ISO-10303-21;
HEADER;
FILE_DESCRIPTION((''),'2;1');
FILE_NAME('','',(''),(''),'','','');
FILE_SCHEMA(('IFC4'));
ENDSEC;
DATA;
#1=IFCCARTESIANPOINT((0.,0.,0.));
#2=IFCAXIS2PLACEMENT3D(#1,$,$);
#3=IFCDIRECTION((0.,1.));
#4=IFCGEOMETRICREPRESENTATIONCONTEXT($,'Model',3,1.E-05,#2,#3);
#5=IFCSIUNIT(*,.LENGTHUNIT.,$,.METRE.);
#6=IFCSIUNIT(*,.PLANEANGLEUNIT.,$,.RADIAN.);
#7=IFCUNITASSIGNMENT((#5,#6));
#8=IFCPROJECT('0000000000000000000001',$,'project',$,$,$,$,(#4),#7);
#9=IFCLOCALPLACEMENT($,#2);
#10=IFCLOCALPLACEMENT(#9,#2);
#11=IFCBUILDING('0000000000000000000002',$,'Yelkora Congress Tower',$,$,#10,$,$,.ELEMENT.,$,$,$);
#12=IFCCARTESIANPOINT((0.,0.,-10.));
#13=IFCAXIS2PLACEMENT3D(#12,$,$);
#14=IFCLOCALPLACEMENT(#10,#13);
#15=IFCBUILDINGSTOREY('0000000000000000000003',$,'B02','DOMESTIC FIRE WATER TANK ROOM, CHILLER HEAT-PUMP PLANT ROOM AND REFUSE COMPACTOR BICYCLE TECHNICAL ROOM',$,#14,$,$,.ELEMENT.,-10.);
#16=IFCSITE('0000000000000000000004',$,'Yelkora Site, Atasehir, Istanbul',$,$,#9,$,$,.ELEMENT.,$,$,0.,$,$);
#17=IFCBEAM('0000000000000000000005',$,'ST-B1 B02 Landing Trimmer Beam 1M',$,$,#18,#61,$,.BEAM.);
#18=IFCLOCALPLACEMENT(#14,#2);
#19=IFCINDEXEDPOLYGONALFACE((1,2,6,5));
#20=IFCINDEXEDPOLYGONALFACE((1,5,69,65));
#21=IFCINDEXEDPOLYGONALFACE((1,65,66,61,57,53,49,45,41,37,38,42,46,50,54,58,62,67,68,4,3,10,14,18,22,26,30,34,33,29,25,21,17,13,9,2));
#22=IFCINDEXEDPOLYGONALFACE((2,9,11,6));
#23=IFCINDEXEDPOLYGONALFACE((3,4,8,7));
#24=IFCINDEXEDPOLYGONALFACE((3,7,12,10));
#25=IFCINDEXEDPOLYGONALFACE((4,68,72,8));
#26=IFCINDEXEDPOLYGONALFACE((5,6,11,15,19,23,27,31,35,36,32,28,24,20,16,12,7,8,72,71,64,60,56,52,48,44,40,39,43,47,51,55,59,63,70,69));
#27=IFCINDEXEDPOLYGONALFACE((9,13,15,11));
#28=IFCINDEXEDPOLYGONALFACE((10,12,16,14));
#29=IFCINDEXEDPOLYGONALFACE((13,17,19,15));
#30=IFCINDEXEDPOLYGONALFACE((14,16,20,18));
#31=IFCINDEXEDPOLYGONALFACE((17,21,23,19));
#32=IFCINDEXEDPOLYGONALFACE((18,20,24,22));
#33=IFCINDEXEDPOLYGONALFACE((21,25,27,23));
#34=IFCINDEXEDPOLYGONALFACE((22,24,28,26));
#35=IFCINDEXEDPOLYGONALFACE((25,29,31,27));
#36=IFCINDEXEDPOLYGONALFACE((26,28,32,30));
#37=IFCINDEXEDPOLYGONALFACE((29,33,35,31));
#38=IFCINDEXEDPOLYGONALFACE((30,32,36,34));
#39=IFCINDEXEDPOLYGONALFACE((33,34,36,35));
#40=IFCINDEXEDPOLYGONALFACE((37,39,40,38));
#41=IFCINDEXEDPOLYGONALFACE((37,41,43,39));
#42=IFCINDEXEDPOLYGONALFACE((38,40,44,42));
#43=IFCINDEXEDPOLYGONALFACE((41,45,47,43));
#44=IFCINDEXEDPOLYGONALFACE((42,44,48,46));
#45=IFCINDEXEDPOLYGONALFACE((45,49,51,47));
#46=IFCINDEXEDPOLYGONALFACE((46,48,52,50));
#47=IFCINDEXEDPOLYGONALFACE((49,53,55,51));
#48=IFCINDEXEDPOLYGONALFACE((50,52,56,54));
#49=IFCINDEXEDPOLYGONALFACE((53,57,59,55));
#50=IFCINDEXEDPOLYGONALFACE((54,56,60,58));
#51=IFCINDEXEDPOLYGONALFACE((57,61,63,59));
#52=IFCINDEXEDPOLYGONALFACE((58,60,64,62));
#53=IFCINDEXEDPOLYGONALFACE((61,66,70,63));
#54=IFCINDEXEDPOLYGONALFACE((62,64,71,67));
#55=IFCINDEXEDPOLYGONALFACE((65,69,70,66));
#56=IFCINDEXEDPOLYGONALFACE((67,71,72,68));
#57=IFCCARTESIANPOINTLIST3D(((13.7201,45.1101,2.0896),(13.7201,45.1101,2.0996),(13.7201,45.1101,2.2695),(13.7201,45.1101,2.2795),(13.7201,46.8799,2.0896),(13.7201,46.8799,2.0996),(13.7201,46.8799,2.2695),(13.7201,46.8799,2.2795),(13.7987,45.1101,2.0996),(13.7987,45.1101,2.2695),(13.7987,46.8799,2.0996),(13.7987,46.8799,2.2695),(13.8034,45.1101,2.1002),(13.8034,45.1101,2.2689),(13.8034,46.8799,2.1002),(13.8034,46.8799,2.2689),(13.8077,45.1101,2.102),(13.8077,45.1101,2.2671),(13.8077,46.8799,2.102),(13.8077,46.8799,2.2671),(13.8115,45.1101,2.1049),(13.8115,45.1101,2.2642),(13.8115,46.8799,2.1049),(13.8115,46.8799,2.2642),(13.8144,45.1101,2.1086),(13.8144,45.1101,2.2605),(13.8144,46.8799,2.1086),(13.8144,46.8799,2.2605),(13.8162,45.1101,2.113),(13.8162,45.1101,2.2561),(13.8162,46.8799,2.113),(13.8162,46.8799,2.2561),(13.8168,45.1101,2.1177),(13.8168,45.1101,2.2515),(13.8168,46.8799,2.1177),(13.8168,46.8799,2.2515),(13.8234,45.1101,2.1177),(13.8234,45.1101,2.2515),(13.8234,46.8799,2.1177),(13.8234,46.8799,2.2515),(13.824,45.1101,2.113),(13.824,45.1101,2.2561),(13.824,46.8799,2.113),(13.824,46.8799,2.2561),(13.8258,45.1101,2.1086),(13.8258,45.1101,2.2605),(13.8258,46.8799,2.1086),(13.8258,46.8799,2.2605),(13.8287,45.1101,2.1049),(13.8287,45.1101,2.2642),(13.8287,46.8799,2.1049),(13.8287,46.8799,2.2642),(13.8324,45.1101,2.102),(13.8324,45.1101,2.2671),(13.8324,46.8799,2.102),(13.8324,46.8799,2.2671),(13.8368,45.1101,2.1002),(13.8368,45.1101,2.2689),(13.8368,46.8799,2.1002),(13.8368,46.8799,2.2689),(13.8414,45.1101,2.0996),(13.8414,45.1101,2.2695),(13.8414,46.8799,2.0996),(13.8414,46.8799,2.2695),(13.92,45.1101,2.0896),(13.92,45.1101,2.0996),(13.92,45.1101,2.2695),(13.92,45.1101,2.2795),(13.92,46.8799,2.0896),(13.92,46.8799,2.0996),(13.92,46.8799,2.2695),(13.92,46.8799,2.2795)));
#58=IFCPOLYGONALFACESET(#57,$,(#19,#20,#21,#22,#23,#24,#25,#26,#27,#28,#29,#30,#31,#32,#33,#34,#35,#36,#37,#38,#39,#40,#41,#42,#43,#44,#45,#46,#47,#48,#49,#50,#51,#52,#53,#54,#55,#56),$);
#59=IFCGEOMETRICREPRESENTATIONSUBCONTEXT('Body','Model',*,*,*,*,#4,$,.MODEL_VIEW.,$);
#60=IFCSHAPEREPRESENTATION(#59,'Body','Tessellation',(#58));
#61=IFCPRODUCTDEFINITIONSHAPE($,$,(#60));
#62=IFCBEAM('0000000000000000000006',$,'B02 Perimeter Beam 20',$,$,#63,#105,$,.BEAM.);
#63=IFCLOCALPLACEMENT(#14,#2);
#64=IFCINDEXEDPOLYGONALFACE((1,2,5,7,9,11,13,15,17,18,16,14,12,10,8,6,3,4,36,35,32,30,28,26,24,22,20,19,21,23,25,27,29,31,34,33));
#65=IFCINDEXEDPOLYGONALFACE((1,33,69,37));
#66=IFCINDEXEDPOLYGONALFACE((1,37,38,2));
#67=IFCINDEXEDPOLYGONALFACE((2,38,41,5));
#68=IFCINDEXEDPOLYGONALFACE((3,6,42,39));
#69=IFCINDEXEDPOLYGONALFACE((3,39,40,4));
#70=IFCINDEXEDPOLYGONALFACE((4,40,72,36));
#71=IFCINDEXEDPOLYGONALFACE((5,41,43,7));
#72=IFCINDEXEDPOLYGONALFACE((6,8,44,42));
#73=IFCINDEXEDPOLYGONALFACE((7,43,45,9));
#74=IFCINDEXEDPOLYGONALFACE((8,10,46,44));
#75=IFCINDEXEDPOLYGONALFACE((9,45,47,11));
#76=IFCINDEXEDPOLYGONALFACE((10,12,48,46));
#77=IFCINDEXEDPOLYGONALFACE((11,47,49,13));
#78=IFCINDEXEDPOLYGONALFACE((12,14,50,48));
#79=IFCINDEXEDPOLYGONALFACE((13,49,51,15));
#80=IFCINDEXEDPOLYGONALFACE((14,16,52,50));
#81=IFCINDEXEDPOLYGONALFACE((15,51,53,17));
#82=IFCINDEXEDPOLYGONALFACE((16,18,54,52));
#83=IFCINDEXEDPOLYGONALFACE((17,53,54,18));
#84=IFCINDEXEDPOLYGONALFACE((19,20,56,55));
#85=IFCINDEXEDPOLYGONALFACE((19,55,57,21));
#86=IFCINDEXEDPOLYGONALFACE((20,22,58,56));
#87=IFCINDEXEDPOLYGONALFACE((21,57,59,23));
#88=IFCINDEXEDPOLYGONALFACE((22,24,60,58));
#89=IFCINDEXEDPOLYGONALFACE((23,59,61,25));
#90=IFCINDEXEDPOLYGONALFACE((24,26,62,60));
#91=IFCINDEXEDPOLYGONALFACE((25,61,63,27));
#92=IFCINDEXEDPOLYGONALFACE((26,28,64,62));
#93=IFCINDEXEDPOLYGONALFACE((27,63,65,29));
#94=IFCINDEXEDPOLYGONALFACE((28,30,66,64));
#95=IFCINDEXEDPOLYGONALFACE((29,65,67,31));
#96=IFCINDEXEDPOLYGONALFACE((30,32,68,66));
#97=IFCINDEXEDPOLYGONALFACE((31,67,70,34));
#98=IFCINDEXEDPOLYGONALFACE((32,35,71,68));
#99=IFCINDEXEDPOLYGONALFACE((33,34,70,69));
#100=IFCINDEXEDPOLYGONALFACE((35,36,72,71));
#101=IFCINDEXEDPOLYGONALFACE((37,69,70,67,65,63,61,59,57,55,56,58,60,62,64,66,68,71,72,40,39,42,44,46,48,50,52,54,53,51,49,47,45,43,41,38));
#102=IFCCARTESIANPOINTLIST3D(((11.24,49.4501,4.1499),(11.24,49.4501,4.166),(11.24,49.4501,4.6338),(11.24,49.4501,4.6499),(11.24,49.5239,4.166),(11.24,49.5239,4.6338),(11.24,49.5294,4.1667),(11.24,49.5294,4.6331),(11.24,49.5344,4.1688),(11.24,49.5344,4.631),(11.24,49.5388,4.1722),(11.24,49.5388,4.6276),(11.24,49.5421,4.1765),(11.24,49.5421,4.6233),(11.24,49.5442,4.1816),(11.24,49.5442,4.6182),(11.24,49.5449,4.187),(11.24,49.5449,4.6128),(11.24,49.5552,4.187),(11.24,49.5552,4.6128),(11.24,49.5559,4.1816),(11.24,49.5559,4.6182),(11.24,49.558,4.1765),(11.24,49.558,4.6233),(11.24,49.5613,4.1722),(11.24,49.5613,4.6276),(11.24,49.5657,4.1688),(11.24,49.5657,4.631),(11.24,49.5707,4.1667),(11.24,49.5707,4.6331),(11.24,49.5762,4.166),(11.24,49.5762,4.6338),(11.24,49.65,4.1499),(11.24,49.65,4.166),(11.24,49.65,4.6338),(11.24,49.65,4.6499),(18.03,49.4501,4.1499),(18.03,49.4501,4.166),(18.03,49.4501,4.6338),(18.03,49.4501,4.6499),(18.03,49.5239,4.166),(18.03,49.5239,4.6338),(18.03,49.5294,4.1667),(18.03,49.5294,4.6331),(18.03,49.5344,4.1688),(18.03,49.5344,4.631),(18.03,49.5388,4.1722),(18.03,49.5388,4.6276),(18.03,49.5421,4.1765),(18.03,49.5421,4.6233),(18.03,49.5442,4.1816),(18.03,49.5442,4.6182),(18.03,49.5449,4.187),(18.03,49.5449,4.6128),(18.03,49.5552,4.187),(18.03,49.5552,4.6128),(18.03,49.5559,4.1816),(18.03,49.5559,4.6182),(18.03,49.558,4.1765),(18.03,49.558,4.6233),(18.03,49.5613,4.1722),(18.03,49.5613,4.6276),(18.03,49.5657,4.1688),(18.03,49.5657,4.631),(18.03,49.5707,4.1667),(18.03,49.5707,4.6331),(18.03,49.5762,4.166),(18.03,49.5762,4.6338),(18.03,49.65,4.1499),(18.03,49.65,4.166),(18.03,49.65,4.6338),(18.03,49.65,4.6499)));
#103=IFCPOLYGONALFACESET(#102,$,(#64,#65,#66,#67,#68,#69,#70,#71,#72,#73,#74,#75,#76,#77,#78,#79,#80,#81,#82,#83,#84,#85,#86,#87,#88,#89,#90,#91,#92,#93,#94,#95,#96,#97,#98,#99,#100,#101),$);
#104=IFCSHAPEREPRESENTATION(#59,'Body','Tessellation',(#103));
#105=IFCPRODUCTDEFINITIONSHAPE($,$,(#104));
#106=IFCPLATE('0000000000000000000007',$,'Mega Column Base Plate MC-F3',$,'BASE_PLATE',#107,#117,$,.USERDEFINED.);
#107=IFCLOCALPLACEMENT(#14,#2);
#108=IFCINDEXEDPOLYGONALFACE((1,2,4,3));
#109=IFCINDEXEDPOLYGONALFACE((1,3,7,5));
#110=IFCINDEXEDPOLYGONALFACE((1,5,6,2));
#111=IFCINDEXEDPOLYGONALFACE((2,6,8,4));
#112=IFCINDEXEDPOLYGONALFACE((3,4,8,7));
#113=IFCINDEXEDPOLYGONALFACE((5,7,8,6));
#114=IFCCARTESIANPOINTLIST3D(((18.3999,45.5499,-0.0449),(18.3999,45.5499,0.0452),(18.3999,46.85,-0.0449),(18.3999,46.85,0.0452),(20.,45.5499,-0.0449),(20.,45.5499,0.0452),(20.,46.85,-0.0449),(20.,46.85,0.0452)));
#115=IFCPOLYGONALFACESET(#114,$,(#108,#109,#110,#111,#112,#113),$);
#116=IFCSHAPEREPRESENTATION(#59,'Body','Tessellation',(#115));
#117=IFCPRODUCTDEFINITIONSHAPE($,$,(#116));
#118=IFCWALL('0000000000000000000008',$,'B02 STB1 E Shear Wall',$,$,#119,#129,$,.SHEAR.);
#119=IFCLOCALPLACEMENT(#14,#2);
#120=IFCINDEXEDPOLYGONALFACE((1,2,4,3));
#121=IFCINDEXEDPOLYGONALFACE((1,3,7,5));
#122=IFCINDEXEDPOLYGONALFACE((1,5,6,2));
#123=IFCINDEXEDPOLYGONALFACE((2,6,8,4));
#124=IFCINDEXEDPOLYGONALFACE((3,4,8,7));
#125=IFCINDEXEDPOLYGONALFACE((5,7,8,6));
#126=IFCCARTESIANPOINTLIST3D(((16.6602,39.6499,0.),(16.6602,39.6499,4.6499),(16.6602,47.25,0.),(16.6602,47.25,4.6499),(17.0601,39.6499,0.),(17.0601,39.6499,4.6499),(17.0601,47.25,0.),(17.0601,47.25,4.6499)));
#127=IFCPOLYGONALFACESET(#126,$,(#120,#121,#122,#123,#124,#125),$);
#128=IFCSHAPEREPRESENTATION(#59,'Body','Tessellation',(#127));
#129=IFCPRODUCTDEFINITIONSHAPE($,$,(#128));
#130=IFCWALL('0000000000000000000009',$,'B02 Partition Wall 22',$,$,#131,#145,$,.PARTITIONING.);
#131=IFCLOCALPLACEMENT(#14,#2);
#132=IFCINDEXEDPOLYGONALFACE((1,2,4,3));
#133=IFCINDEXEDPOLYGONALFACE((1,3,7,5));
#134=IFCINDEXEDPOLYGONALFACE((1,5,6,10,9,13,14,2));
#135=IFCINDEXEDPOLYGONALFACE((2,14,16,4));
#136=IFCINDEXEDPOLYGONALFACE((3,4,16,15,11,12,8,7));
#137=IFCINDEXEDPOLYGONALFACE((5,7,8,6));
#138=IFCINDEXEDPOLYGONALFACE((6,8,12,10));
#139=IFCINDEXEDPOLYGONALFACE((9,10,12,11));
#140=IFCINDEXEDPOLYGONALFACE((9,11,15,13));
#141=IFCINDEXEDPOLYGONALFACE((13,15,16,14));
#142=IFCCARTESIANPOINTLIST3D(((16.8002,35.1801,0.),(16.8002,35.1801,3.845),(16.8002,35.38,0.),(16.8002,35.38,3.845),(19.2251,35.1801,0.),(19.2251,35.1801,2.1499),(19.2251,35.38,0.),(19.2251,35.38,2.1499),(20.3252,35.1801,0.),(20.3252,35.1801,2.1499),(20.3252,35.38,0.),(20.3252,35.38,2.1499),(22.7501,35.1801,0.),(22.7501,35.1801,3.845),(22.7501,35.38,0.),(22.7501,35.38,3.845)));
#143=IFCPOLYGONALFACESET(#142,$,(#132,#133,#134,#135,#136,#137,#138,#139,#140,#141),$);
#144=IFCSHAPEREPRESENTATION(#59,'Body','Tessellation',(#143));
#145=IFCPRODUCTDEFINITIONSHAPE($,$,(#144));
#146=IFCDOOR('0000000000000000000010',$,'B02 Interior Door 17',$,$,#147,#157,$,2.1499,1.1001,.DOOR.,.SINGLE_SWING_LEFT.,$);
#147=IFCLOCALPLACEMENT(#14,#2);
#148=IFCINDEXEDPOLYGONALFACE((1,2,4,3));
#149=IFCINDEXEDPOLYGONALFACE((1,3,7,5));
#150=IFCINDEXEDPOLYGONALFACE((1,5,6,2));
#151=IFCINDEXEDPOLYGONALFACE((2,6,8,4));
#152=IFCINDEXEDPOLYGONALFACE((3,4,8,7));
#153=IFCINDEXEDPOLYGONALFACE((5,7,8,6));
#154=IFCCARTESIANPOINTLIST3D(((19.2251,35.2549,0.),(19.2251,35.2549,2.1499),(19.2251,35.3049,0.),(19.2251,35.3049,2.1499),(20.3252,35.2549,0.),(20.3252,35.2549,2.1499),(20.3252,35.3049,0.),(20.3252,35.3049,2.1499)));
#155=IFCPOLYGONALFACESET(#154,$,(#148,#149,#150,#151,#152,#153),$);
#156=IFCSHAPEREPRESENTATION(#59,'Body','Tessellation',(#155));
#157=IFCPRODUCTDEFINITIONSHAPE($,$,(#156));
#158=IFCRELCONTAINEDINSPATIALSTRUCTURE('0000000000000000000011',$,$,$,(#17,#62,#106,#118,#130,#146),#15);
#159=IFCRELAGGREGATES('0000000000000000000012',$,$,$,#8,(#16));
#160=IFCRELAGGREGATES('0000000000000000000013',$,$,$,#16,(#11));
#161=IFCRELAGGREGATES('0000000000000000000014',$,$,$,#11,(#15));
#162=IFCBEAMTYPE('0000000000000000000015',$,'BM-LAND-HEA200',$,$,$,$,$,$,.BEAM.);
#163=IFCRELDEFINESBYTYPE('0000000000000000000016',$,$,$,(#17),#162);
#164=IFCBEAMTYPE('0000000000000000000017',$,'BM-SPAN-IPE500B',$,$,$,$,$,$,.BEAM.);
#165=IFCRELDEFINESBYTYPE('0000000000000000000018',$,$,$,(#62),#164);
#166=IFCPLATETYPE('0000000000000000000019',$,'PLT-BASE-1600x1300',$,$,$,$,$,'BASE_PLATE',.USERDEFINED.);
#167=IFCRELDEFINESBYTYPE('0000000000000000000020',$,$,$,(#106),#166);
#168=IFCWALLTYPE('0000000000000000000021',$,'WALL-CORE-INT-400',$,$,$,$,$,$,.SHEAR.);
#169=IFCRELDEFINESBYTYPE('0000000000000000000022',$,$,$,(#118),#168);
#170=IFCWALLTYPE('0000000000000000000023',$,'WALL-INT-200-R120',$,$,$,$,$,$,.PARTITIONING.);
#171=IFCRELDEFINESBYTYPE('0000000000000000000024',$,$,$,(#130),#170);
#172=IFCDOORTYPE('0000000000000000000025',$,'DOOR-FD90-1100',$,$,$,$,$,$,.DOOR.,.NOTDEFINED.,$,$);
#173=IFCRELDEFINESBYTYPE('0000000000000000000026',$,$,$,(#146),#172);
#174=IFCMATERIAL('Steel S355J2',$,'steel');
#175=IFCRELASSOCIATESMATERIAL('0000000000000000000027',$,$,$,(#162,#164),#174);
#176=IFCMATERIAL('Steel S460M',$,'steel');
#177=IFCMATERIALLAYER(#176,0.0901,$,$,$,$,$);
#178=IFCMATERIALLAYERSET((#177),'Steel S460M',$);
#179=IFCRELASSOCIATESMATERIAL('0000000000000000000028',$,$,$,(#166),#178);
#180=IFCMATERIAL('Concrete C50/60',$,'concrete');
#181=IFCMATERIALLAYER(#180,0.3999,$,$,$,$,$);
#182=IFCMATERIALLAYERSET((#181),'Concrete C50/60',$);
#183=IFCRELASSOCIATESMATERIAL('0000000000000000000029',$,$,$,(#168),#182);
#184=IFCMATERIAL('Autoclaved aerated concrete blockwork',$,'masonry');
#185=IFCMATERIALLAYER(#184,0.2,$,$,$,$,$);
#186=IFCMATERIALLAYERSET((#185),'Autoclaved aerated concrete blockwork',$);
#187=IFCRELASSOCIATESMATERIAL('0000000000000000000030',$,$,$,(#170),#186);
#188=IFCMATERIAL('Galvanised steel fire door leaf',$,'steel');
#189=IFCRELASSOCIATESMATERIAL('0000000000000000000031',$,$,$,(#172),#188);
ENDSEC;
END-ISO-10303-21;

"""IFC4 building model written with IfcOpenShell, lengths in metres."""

from ifc_helpers import new_model, si_unit, direction, frame, frame_2d, origin, origin_2d, place, context, subcontext, project, spatial, rectangle, i_section, extrude, material, layer, layer_set, material_profile, profile_set, type_object, element, fill, save


model = new_model("IFC4")

# Units and contexts
model_context = context("Model", 3, precision=1e-05, world=origin(), true_north=direction((0.0, 1.0)))
body_context = subcontext(model_context, "Body", "Model", "MODEL_VIEW")
ifc_project = project(units=[si_unit("LENGTHUNIT", "METRE"), si_unit("PLANEANGLEUNIT", "RADIAN")], contexts=[model_context])

# Site, building, storey
site_placement = place(None, origin())
site = spatial("IfcSite", under=ifc_project, at=site_placement, Name="Yelkora Site, Atasehir, Istanbul", CompositionType="ELEMENT", RefElevation=0.0)
building_placement = place(site_placement, origin())
building = spatial("IfcBuilding", under=site, at=building_placement, Name="Yelkora Congress Tower", CompositionType="ELEMENT")
storey_placement = place(building_placement, frame((0.0, 0.0, -10.0)))
storey = spatial("IfcBuildingStorey", under=building, at=storey_placement, Name="B02", Description="DOMESTIC FIRE WATER TANK ROOM, CHILLER HEAT-PUMP PLANT ROOM AND REFUSE COMPACTOR BICYCLE TECHNICAL ROOM", CompositionType="ELEMENT", Elevation=-10.0)

# Shared definitions
ifc_material_1 = material(Name="Concrete C50/60", Category="concrete")

# Beams
ifc_material_2 = material(Name="Steel S355J2", Category="steel")
ifc_material_profile_1 = material_profile(ifc_material_2, i_section(OverallWidth=0.2, OverallDepth=0.1899, WebThickness=0.0066, FlangeThickness=0.01, FilletRadius=0.0181, at=origin_2d()), Name="HEA 200")
ifc_profile_set_1 = profile_set([ifc_material_profile_1], Name="Steel S355J2")
beam_type_1 = type_object("IfcBeamType", Name="BM-LAND-HEA200", PredefinedType="BEAM", material=ifc_profile_set_1)
beam_1_placement = place(storey_placement, frame((13.8201, 45.1101, 2.1846), z_axis=(0.0, 1.0, 0.0), x_axis=(-1.0, 0.0, 0.0)))
element("IfcBeam", 1, at=beam_1_placement, inside=storey, type_object=beam_type_1, Name="ST-B1 B02 Landing Trimmer Beam 1M", PredefinedType="BEAM", context=body_context, shape_type="SweptSolid", body=[
    extrude(i_section(OverallWidth=0.2, OverallDepth=0.1899, WebThickness=0.0066, FlangeThickness=0.01, FilletRadius=0.0181, at=origin_2d()), origin(), (0.0, 0.0, 1.0), 1.7698),
])
ifc_material_profile_2 = material_profile(ifc_material_2, i_section(OverallWidth=0.2, OverallDepth=0.5, WebThickness=0.0103, FlangeThickness=0.0161, FilletRadius=0.021, at=origin_2d()), Name="IPE 500")
ifc_profile_set_2 = profile_set([ifc_material_profile_2], Name="Steel S355J2")
beam_type_2 = type_object("IfcBeamType", Name="BM-SPAN-IPE500B", PredefinedType="BEAM", material=ifc_profile_set_2)
beam_2_placement = place(storey_placement, frame((18.03, 49.55, 4.3999), z_axis=(-1.0, 0.0, 0.0), x_axis=(0.0, -1.0, 0.0)))
element("IfcBeam", 2, at=beam_2_placement, inside=storey, type_object=beam_type_2, Name="B02 Perimeter Beam 20", PredefinedType="BEAM", context=body_context, shape_type="SweptSolid", body=[
    extrude(i_section(OverallWidth=0.2, OverallDepth=0.5, WebThickness=0.0103, FlangeThickness=0.0161, FilletRadius=0.021, at=origin_2d()), origin(), (0.0, 0.0, 1.0), 6.79),
])

# Plate
ifc_material_3 = material(Name="Steel S460M", Category="steel")
ifc_layer_1 = layer(ifc_material_3, 0.0901)
ifc_layer_set_1 = layer_set([ifc_layer_1], Name="Steel S460M")
plate_type = type_object("IfcPlateType", Name="PLT-BASE-1600x1300", ElementType="BASE_PLATE", PredefinedType="USERDEFINED", material=ifc_layer_set_1)
plate_placement = place(storey_placement, frame((19.2, 46.2, -0.0449), z_axis=(0.0, 0.0, 1.0), x_axis=(1.0, 0.0, 0.0)))
element("IfcPlate", 3, at=plate_placement, inside=storey, type_object=plate_type, Name="Mega Column Base Plate MC-F3", ObjectType="BASE_PLATE", PredefinedType="USERDEFINED", context=body_context, shape_type="SweptSolid", body=[
    extrude(rectangle(XDim=1.6001, YDim=1.3, at=origin_2d()), origin(), (0.0, 0.0, 1.0), 0.0901),
])

# Wall
ifc_layer_2 = layer(ifc_material_1, 0.3999)
ifc_layer_set_2 = layer_set([ifc_layer_2], Name="Concrete C50/60")
wall_type_1 = type_object("IfcWallType", Name="WALL-CORE-INT-400", PredefinedType="SHEAR", material=ifc_layer_set_2)
wall_1_placement = place(storey_placement, frame((16.8601, 39.6499, 0.0), z_axis=(0.0, 0.0, 1.0), x_axis=(0.0, 1.0, 0.0)))
element("IfcWall", 4, at=wall_1_placement, inside=storey, type_object=wall_type_1, Name="B02 STB1 E Shear Wall", PredefinedType="SHEAR", context=body_context, shape_type="SweptSolid", body=[
    extrude(rectangle(XDim=7.6001, YDim=0.3999, at=frame_2d((3.8, 0.0))), origin(), (0.0, 0.0, 1.0), 4.6499),
])

# Wall, opening, door
ifc_material_4 = material(Name="Autoclaved aerated concrete blockwork", Category="masonry")
ifc_layer_3 = layer(ifc_material_4, 0.2)
ifc_layer_set_3 = layer_set([ifc_layer_3], Name="Autoclaved aerated concrete blockwork")
wall_type_2 = type_object("IfcWallType", Name="WALL-INT-200-R120", PredefinedType="PARTITIONING", material=ifc_layer_set_3)
wall_2_placement = place(storey_placement, frame((16.8, 35.28, 0.0), z_axis=(0.0, 0.0, 1.0), x_axis=(1.0, 0.0, 0.0)))
wall_2 = element("IfcWall", 5, at=wall_2_placement, inside=storey, type_object=wall_type_2, Name="B02 Partition Wall 22", PredefinedType="PARTITIONING", context=body_context, shape_type="SweptSolid", body=[
    extrude(rectangle(XDim=5.95, YDim=0.2, at=frame_2d((2.9751, 0.0))), origin(), (0.0, 0.0, 1.0), 3.845),
])
opening_placement = place(wall_2_placement, frame((2.425, 0.0, 0.0)))
opening = element("IfcOpeningElement", 6, at=opening_placement, cuts=wall_2, PredefinedType="OPENING", context=body_context, shape_type="SweptSolid", body=[
    extrude(rectangle(XDim=1.1001, YDim=2.1499, at=frame_2d((0.55, 1.075))), frame((0.0, 0.1099, 0.0), z_axis=(0.0, -1.0, 0.0), x_axis=(1.0, 0.0, 0.0)), (0.0, 0.0, 1.0), 0.22),
])
ifc_material_5 = material(Name="Galvanised steel fire door leaf", Category="steel")
door_type = type_object("IfcDoorType", Name="DOOR-FD90-1100", OperationType="NOTDEFINED", PredefinedType="DOOR", material=ifc_material_5)
door_placement = place(opening_placement, origin())
door = element("IfcDoor", 7, at=door_placement, inside=storey, type_object=door_type, Name="B02 Interior Door 17", OperationType="SINGLE_SWING_LEFT", OverallHeight=2.1499, OverallWidth=1.1001, PredefinedType="DOOR", context=body_context, shape_type="SweptSolid", body=[
    extrude(rectangle(XDim=1.1001, YDim=2.1499, at=frame_2d((0.55, 1.075))), frame((0.0, 0.0249, 0.0), z_axis=(0.0, -1.0, 0.0), x_axis=(1.0, 0.0, 0.0)), (0.0, 0.0, 1.0), 0.05),
])
fill(opening, door)

save(model, "model.ifc")
